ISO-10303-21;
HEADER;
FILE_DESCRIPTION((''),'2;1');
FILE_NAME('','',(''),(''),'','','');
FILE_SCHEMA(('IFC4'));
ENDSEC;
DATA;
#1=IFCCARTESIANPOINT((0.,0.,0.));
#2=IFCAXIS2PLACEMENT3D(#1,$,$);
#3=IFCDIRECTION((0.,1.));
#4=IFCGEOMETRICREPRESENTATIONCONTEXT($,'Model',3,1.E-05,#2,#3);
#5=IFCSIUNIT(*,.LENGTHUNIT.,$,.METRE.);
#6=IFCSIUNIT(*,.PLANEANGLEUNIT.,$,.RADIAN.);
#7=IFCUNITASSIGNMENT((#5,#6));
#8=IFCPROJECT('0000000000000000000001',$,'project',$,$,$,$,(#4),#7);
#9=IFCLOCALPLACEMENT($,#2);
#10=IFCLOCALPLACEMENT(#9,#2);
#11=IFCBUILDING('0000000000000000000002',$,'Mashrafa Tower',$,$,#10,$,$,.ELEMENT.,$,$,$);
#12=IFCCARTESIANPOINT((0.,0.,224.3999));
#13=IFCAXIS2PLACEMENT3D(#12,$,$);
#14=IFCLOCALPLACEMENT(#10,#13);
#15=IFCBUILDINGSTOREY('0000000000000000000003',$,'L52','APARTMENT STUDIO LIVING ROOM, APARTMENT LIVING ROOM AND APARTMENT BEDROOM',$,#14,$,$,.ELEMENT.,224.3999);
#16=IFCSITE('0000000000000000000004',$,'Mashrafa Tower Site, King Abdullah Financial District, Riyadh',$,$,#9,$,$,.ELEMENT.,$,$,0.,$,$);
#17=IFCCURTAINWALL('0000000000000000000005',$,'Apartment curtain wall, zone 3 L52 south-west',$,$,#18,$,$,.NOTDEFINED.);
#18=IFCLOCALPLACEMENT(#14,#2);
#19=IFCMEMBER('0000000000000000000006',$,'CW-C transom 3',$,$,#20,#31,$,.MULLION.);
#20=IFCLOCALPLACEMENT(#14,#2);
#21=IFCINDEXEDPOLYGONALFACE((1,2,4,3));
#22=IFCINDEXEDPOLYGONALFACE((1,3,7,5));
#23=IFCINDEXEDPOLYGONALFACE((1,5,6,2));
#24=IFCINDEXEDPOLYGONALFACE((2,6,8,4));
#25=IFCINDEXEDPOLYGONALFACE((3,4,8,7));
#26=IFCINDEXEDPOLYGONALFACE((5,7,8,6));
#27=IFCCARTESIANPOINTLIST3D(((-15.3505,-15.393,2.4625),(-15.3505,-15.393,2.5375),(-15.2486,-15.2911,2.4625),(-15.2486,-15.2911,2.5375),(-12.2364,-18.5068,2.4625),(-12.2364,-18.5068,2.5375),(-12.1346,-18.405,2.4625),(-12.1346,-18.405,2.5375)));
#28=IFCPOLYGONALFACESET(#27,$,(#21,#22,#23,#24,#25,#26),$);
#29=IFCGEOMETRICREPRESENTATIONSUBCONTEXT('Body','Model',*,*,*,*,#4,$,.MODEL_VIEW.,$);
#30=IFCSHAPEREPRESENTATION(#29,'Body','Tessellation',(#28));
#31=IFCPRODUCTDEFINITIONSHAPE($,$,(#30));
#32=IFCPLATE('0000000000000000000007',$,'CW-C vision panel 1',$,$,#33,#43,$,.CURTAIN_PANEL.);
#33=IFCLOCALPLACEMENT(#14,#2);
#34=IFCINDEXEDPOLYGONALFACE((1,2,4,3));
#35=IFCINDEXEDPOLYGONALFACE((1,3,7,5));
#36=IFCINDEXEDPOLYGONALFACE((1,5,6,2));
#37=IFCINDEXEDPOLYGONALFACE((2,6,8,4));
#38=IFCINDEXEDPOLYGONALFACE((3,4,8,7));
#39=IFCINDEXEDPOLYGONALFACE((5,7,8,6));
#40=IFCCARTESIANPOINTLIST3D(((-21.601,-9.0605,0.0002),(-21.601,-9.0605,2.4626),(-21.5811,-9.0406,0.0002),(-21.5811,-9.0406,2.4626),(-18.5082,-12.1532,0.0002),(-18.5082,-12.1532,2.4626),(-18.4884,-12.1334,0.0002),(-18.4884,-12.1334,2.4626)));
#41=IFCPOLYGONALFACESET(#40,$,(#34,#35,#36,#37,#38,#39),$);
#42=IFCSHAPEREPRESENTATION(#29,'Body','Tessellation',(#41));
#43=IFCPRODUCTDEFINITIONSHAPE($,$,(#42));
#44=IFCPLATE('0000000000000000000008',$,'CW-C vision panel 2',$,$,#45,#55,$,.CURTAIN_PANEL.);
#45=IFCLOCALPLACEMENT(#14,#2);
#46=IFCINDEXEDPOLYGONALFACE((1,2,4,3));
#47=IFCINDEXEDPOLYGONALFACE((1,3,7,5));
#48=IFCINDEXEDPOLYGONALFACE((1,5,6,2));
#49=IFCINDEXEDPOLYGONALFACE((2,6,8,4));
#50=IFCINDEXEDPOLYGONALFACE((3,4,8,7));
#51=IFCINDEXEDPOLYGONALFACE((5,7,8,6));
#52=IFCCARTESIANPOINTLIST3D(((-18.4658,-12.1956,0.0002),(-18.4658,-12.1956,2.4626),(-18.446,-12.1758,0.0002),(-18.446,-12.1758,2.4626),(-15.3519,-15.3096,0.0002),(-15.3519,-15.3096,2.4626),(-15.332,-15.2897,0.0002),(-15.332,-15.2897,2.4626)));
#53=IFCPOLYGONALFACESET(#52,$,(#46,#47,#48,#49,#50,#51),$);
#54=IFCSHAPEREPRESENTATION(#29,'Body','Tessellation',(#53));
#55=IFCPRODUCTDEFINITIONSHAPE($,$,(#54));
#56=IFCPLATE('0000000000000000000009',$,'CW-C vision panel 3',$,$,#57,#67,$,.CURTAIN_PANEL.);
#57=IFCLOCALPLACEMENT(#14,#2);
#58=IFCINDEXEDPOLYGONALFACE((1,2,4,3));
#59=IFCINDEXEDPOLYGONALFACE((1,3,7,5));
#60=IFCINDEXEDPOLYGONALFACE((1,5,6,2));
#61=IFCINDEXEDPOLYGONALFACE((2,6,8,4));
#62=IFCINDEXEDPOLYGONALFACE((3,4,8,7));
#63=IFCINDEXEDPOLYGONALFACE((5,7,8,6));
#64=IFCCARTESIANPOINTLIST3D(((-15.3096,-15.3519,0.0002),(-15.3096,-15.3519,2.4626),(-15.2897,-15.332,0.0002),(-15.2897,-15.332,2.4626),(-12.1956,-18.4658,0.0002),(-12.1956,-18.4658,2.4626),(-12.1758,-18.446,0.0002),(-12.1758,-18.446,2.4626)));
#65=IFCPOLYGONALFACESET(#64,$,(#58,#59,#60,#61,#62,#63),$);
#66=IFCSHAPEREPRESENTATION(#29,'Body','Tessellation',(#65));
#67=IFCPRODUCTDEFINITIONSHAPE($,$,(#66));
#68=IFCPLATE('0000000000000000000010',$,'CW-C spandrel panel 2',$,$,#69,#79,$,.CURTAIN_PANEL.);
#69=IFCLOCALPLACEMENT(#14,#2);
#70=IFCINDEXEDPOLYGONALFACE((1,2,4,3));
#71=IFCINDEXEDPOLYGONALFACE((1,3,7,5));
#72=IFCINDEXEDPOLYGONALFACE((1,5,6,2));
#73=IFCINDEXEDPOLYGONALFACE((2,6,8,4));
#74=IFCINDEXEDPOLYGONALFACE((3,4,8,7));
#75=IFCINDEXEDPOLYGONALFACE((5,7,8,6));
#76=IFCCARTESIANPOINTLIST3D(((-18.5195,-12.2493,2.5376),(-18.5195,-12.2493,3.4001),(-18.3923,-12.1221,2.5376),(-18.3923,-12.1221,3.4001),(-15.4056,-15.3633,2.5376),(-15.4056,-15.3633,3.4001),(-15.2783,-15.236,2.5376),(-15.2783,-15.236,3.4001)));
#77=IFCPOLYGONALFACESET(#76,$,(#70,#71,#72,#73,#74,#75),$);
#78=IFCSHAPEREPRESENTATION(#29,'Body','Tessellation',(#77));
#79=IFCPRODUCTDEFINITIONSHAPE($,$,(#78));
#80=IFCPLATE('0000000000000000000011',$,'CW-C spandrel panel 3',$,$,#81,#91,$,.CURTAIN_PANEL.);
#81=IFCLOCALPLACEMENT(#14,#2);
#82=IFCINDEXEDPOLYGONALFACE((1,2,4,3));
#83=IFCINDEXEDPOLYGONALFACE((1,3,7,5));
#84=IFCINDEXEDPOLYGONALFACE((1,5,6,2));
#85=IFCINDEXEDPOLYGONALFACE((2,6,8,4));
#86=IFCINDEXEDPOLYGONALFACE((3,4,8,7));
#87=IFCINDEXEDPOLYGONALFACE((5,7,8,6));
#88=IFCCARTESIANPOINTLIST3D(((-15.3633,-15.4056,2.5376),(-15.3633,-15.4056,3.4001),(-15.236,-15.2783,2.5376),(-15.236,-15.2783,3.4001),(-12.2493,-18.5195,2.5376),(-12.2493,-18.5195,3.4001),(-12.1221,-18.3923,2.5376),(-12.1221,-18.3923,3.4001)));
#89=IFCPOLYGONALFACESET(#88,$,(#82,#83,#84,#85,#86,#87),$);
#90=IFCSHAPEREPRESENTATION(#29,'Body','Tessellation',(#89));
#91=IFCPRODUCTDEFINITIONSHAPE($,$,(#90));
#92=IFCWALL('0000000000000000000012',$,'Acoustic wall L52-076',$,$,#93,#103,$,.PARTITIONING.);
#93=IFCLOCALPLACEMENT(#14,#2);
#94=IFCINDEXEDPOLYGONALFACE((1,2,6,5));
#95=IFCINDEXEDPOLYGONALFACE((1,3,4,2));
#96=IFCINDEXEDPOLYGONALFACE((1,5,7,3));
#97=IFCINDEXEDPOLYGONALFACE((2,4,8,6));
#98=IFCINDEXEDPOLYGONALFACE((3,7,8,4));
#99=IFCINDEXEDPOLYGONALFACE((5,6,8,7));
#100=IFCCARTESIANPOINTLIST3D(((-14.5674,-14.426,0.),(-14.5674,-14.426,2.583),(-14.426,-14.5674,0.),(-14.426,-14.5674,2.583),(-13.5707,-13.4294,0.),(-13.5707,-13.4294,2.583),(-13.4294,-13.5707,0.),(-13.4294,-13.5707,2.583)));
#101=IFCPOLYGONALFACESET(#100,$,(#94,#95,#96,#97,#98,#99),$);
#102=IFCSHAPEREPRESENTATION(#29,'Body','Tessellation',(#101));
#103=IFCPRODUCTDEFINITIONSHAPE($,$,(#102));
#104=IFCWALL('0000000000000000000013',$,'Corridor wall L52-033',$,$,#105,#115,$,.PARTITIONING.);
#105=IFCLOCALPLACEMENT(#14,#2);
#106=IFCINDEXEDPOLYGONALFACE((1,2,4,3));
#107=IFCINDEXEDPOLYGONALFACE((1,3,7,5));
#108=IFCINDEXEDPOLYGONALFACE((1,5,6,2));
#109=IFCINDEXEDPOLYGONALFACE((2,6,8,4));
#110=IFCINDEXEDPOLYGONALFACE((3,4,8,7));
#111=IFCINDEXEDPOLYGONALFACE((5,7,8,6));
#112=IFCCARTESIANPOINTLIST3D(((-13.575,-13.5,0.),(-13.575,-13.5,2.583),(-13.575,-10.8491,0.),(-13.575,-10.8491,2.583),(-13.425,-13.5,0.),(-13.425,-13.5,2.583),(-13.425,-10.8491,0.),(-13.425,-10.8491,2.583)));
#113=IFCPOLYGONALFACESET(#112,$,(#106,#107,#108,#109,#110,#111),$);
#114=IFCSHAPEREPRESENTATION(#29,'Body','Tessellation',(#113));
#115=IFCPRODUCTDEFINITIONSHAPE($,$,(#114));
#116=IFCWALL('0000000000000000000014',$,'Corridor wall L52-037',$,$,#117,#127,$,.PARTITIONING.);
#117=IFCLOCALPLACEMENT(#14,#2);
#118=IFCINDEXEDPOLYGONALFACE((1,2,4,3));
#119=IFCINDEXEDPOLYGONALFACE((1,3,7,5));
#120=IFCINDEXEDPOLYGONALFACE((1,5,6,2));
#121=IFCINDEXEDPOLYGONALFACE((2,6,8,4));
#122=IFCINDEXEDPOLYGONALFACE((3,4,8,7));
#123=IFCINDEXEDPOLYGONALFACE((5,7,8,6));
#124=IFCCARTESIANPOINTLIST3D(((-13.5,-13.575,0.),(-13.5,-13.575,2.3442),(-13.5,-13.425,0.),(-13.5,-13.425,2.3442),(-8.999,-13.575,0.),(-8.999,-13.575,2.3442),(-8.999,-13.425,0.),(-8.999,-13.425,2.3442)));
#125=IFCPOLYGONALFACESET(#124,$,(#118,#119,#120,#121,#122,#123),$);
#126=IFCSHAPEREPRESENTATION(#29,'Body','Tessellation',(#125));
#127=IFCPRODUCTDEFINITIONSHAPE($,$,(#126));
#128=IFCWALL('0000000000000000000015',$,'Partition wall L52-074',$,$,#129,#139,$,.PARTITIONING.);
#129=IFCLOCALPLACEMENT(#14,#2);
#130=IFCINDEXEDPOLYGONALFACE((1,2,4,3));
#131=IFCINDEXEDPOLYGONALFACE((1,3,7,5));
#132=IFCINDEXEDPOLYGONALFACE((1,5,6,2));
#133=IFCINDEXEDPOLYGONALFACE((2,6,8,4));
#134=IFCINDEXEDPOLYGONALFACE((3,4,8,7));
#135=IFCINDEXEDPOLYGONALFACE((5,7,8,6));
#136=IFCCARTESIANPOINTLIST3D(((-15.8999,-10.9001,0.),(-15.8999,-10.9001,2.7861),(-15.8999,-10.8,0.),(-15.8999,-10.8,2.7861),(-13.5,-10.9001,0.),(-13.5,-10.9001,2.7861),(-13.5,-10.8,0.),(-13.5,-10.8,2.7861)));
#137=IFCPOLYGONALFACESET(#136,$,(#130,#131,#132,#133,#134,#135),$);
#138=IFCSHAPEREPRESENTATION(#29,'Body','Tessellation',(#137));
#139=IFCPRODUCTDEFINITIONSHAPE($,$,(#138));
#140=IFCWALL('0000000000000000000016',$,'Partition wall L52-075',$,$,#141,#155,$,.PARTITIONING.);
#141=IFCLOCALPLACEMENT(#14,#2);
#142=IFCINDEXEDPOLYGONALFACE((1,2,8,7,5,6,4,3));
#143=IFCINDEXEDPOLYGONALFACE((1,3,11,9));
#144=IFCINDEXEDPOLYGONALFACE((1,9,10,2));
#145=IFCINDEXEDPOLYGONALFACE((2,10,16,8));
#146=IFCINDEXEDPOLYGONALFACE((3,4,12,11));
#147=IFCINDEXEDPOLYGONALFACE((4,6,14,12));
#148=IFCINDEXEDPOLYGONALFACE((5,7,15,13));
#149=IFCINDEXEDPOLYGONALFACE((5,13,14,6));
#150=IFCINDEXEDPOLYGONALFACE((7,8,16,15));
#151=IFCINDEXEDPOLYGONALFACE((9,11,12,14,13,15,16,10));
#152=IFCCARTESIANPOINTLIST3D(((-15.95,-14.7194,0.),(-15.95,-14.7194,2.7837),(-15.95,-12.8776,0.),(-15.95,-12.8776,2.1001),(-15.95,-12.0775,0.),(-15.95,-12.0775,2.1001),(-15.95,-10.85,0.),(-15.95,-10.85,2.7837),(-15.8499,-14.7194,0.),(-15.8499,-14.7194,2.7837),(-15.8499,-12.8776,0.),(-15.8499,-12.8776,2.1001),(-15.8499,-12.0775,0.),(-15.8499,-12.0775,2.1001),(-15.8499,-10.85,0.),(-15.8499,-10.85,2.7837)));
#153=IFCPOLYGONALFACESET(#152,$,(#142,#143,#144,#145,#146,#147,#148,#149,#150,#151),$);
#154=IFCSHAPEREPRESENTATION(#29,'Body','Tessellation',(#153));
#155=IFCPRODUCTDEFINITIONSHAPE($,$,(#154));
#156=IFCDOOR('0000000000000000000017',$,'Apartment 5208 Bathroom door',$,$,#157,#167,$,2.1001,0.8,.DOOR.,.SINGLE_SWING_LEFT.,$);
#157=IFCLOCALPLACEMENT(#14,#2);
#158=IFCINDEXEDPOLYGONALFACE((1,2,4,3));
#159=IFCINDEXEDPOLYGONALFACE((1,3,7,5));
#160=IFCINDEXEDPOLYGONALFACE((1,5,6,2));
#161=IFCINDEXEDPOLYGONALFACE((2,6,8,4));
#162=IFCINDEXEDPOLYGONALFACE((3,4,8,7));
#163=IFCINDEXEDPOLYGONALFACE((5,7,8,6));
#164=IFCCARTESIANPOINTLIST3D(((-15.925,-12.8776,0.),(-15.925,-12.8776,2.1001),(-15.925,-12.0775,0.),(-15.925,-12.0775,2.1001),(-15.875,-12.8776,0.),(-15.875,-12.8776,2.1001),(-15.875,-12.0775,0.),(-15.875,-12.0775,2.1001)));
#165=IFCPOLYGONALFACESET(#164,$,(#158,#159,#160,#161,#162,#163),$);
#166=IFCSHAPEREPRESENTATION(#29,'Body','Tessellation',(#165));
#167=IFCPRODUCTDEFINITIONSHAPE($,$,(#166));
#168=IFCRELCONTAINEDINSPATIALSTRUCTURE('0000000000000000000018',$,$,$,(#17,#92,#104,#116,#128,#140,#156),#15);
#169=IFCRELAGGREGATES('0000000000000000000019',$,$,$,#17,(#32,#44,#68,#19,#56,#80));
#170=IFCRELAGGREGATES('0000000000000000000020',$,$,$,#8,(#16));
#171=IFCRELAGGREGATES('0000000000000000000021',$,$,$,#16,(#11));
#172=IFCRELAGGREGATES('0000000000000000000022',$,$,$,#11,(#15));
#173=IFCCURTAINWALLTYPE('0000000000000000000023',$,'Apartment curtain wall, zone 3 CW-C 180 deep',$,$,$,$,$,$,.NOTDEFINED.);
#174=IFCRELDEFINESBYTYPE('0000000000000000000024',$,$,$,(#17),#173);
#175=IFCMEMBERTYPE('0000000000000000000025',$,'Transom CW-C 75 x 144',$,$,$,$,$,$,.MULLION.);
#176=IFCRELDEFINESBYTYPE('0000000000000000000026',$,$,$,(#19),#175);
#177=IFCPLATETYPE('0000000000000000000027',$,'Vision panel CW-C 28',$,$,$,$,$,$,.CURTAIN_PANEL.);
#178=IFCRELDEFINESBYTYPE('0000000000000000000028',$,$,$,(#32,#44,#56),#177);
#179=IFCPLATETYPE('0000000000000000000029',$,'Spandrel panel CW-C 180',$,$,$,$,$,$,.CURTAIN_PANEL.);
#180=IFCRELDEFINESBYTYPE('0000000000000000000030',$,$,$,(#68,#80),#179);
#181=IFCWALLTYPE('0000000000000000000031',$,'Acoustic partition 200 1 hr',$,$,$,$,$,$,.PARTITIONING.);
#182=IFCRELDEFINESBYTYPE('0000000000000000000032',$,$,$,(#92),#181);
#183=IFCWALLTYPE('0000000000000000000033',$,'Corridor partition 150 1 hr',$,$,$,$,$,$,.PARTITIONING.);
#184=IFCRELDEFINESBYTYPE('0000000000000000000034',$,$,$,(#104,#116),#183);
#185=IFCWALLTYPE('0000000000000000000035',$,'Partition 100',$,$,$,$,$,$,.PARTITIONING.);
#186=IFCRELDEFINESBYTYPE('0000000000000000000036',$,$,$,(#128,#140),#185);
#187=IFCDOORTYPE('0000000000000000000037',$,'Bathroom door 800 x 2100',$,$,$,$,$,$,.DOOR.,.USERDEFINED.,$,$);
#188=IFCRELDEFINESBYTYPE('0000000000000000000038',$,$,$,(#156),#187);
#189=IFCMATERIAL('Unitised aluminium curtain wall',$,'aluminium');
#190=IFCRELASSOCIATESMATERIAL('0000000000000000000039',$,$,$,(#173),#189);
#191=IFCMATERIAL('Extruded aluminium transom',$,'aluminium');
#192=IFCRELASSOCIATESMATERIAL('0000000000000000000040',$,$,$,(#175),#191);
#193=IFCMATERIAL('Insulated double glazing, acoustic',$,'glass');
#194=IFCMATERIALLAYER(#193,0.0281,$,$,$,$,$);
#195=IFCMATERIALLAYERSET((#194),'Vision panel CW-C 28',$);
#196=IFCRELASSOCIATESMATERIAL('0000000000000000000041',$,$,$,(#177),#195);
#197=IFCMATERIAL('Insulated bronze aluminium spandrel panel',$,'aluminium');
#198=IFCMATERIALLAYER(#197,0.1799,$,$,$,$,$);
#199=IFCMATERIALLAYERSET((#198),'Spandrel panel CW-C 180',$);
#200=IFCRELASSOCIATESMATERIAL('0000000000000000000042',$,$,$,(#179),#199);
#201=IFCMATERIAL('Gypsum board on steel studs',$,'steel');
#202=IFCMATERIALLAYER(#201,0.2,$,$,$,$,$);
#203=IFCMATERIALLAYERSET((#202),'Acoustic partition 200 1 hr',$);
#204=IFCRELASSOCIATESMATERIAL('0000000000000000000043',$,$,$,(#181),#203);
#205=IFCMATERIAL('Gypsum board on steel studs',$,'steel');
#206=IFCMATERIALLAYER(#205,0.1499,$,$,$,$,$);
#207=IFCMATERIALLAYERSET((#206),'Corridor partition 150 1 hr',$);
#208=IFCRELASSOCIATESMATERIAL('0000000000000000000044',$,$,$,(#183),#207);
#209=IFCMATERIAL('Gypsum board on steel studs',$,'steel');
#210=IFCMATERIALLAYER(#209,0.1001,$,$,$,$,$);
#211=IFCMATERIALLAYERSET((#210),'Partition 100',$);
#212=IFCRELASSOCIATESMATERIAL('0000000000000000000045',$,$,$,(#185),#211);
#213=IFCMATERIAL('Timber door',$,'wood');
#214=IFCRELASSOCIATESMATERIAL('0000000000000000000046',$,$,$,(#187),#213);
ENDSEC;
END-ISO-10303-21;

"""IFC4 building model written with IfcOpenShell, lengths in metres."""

from ifc_helpers import new_model, si_unit, direction, frame, frame_2d, origin, origin_2d, place, context, subcontext, project, spatial, rectangle, extrude, source, transform, mapped, material, layer, layer_set, material_profile, profile_set, type_object, type_shapes, element, fill, aggregate, save


model = new_model("IFC4")

# Units and contexts
model_context = context("Model", 3, precision=1e-05, world=origin(), true_north=direction((0.0, 1.0)))
body_context = subcontext(model_context, "Body", "Model", "MODEL_VIEW")
ifc_project = project(units=[si_unit("LENGTHUNIT", "METRE"), si_unit("PLANEANGLEUNIT", "RADIAN")], contexts=[model_context])

# Site, building, storey
site_placement = place(None, origin())
site = spatial("IfcSite", under=ifc_project, at=site_placement, Name="Mashrafa Tower Site, King Abdullah Financial District, Riyadh", CompositionType="ELEMENT", RefElevation=0.0)
building_placement = place(site_placement, origin())
building = spatial("IfcBuilding", under=site, at=building_placement, Name="Mashrafa Tower", CompositionType="ELEMENT")
storey_placement = place(building_placement, frame((0.0, 0.0, 224.3999)))
storey = spatial("IfcBuildingStorey", under=building, at=storey_placement, Name="L52", Description="APARTMENT STUDIO LIVING ROOM, APARTMENT LIVING ROOM AND APARTMENT BEDROOM", CompositionType="ELEMENT", Elevation=224.3999)

# Curtain wall, member, plates
ifc_material_1 = material(Name="Unitised aluminium curtain wall", Category="aluminium")
curtain_wall_type = type_object("IfcCurtainWallType", Name="Apartment curtain wall, zone 3 CW-C 180 deep", PredefinedType="NOTDEFINED", material=ifc_material_1)
curtain_wall_placement = place(storey_placement, origin())
curtain_wall = element("IfcCurtainWall", 1, at=curtain_wall_placement, inside=storey, type_object=curtain_wall_type, Name="Apartment curtain wall, zone 3 L52 south-west", PredefinedType="NOTDEFINED")
ifc_material_2 = material(Name="Extruded aluminium transom", Category="aluminium")
ifc_material_profile_1 = material_profile(ifc_material_2, rectangle(XDim=0.144, YDim=0.075, at=origin_2d()), Name="Transom 75x144")
ifc_profile_set_1 = profile_set([ifc_material_profile_1], Name="Extruded aluminium transom")
member_type_1 = type_object("IfcMemberType", Name="Transom CW-C 75 x 144", PredefinedType="MULLION", material=ifc_profile_set_1)
shared_shape_1 = source(origin(), body_context, "Body", "SweptSolid", [
    extrude(rectangle(XDim=0.144, YDim=0.075, at=origin_2d()), origin(), (0.0, 0.0, 1.0), 4.4038),
])
member_1_placement = place(storey_placement, frame((-15.2996, -15.342, 2.5), z_axis=(0.707135, -0.707079, 0.0), x_axis=(0.707079, 0.707135, 0.0)))
member_1 = element("IfcMember", 2, at=member_1_placement, type_object=member_type_1, Name="CW-C transom 3", PredefinedType="MULLION", context=body_context, shape_type="MappedRepresentation", body=[
    mapped(shared_shape_1, transform((0.0, 0.0, 0.0))),
])
ifc_material_3 = material(Name="Insulated double glazing, acoustic", Category="glass")
ifc_layer_1 = layer(ifc_material_3, 0.0281)
ifc_layer_set_1 = layer_set([ifc_layer_1], Name="Vision panel CW-C 28")
plate_type_1 = type_object("IfcPlateType", Name="Vision panel CW-C 28", PredefinedType="CURTAIN_PANEL", material=ifc_layer_set_1)
shared_shape_2 = source(origin(), body_context, "Body", "SweptSolid", [
    extrude(rectangle(XDim=4.3738, YDim=0.0281, at=origin_2d()), origin(), (0.0, 0.0, 1.0), 2.4624),
])
plate_1_placement = place(storey_placement, frame((-20.0447, -10.5969, 0.0002), z_axis=(0.0, 0.0, 1.0), x_axis=(0.707107, -0.707107, 0.0)))
plate_1 = element("IfcPlate", 3, at=plate_1_placement, type_object=plate_type_1, Name="CW-C vision panel 1", PredefinedType="CURTAIN_PANEL", context=body_context, shape_type="MappedRepresentation", body=[
    mapped(shared_shape_2, transform((0.0, 0.0, 0.0))),
])
shared_shape_3 = source(origin(), body_context, "Body", "SweptSolid", [
    extrude(rectangle(XDim=4.4038, YDim=0.0281, at=origin_2d()), origin(), (0.0, 0.0, 1.0), 2.4624),
])
type_shapes(plate_type_1, [shared_shape_2, shared_shape_3])
plate_2_placement = place(storey_placement, frame((-16.8989, -13.7427, 0.0002), z_axis=(0.0, 0.0, 1.0), x_axis=(0.707107, -0.707107, 0.0)))
plate_2 = element("IfcPlate", 4, at=plate_2_placement, type_object=plate_type_1, Name="CW-C vision panel 2", PredefinedType="CURTAIN_PANEL", context=body_context, shape_type="MappedRepresentation", body=[
    mapped(shared_shape_3, transform((0.0, 0.0, 0.0))),
])
plate_3_placement = place(storey_placement, frame((-13.7427, -16.8989, 0.0002), z_axis=(0.0, 0.0, 1.0), x_axis=(0.707107, -0.707107, 0.0)))
plate_3 = element("IfcPlate", 5, at=plate_3_placement, type_object=plate_type_1, Name="CW-C vision panel 3", PredefinedType="CURTAIN_PANEL", context=body_context, shape_type="MappedRepresentation", body=[
    mapped(shared_shape_3, transform((0.0, 0.0, 0.0))),
])
ifc_material_4 = material(Name="Insulated bronze aluminium spandrel panel", Category="aluminium")
ifc_layer_2 = layer(ifc_material_4, 0.1799)
ifc_layer_set_2 = layer_set([ifc_layer_2], Name="Spandrel panel CW-C 180")
plate_type_2 = type_object("IfcPlateType", Name="Spandrel panel CW-C 180", PredefinedType="CURTAIN_PANEL", material=ifc_layer_set_2)
shared_shape_4 = source(origin(), body_context, "Body", "SweptSolid", [
    extrude(rectangle(XDim=4.4038, YDim=0.1799, at=origin_2d()), origin(), (0.0, 0.0, 1.0), 0.8625),
])
type_shapes(plate_type_2, [shared_shape_4])
plate_4_placement = place(storey_placement, frame((-16.8989, -13.7427, 2.5376), z_axis=(0.0, 0.0, 1.0), x_axis=(0.707107, -0.707107, 0.0)))
plate_4 = element("IfcPlate", 6, at=plate_4_placement, type_object=plate_type_2, Name="CW-C spandrel panel 2", PredefinedType="CURTAIN_PANEL", context=body_context, shape_type="MappedRepresentation", body=[
    mapped(shared_shape_4, transform((0.0, 0.0, 0.0))),
])
plate_5_placement = place(storey_placement, frame((-13.7427, -16.8989, 2.5376), z_axis=(0.0, 0.0, 1.0), x_axis=(0.707107, -0.707107, 0.0)))
plate_5 = element("IfcPlate", 7, at=plate_5_placement, type_object=plate_type_2, Name="CW-C spandrel panel 3", PredefinedType="CURTAIN_PANEL", context=body_context, shape_type="MappedRepresentation", body=[
    mapped(shared_shape_4, transform((0.0, 0.0, 0.0))),
])
aggregate(curtain_wall, [plate_1, plate_2, plate_4, member_1, plate_3, plate_5])

# Walls
ifc_material_5 = material(Name="Gypsum board on steel studs", Category="steel")
ifc_layer_3 = layer(ifc_material_5, 0.2)
ifc_layer_set_3 = layer_set([ifc_layer_3], Name="Acoustic partition 200 1 hr")
wall_type_1 = type_object("IfcWallType", Name="Acoustic partition 200 1 hr", PredefinedType="PARTITIONING", material=ifc_layer_set_3)
wall_1_placement = place(storey_placement, frame((-14.4966, -14.4966, 0.0), z_axis=(0.0, 0.0, 1.0), x_axis=(0.707107, 0.707107, 0.0)))
element("IfcWall", 8, at=wall_1_placement, inside=storey, type_object=wall_type_1, Name="Acoustic wall L52-076", PredefinedType="PARTITIONING", context=body_context, shape_type="SweptSolid", body=[
    extrude(rectangle(XDim=1.4094, YDim=0.2, at=frame_2d((0.7046, 0.0))), origin(), (0.0, 0.0, 1.0), 2.583),
])
ifc_material_6 = material(Name="Gypsum board on steel studs", Category="steel")
ifc_layer_4 = layer(ifc_material_6, 0.1499)
ifc_layer_set_4 = layer_set([ifc_layer_4], Name="Corridor partition 150 1 hr")
wall_type_2 = type_object("IfcWallType", Name="Corridor partition 150 1 hr", PredefinedType="PARTITIONING", material=ifc_layer_set_4)
wall_2_placement = place(storey_placement, frame((-13.5, -10.8491, 0.0), z_axis=(0.0, 0.0, 1.0), x_axis=(0.0, -1.0, 0.0)))
element("IfcWall", 9, at=wall_2_placement, inside=storey, type_object=wall_type_2, Name="Corridor wall L52-033", PredefinedType="PARTITIONING", context=body_context, shape_type="SweptSolid", body=[
    extrude(rectangle(XDim=2.6509, YDim=0.1499, at=frame_2d((1.3254, 0.0))), origin(), (0.0, 0.0, 1.0), 2.583),
])
wall_3_placement = place(storey_placement, frame((-13.5, -13.5, 0.0), z_axis=(0.0, 0.0, 1.0), x_axis=(1.0, 0.0, 0.0)))
element("IfcWall", 10, at=wall_3_placement, inside=storey, type_object=wall_type_2, Name="Corridor wall L52-037", PredefinedType="PARTITIONING", context=body_context, shape_type="SweptSolid", body=[
    extrude(rectangle(XDim=4.501, YDim=0.1499, at=frame_2d((2.2505, 0.0))), origin(), (0.0, 0.0, 1.0), 2.3442),
])
ifc_material_7 = material(Name="Gypsum board on steel studs", Category="steel")
ifc_layer_5 = layer(ifc_material_7, 0.1001)
ifc_layer_set_5 = layer_set([ifc_layer_5], Name="Partition 100")
wall_type_3 = type_object("IfcWallType", Name="Partition 100", PredefinedType="PARTITIONING", material=ifc_layer_set_5)
wall_4_placement = place(storey_placement, frame((-13.5, -10.8501, 0.0), z_axis=(0.0, 0.0, 1.0), x_axis=(-1.0, 0.0, 0.0)))
element("IfcWall", 11, at=wall_4_placement, inside=storey, type_object=wall_type_3, Name="Partition wall L52-074", PredefinedType="PARTITIONING", context=body_context, shape_type="SweptSolid", body=[
    extrude(rectangle(XDim=2.3999, YDim=0.1001, at=frame_2d((1.2, 0.0))), origin(), (0.0, 0.0, 1.0), 2.7861),
])

# Wall, opening, door
wall_5_placement = place(storey_placement, frame((-15.8999, -10.8501, 0.0), z_axis=(0.0, 0.0, 1.0), x_axis=(0.0, -1.0, 0.0)))
wall_5 = element("IfcWall", 12, at=wall_5_placement, inside=storey, type_object=wall_type_3, Name="Partition wall L52-075", PredefinedType="PARTITIONING", context=body_context, shape_type="SweptSolid", body=[
    extrude(rectangle(XDim=3.8694, YDim=0.1001, at=frame_2d((1.9346, 0.0))), origin(), (0.0, 0.0, 1.0), 2.7837),
])
opening_placement = place(wall_5_placement, frame((1.2275, 0.0, 0.0)))
opening = element("IfcOpeningElement", 13, at=opening_placement, cuts=wall_5, PredefinedType="OPENING", context=body_context, shape_type="SweptSolid", body=[
    extrude(rectangle(XDim=0.8, YDim=2.1001, at=frame_2d((0.3999, 1.05))), frame((0.0, 0.0601, 0.0), z_axis=(0.0, -1.0, 0.0), x_axis=(1.0, 0.0, 0.0)), (0.0, 0.0, 1.0), 0.1201),
])
ifc_material_8 = material(Name="Timber door", Category="wood")
door_type = type_object("IfcDoorType", Name="Bathroom door 800 x 2100", OperationType="USERDEFINED", PredefinedType="DOOR", material=ifc_material_8)
door_placement = place(opening_placement, origin())
door = element("IfcDoor", 14, at=door_placement, inside=storey, type_object=door_type, Name="Apartment 5208 Bathroom door", OperationType="SINGLE_SWING_LEFT", OverallHeight=2.1001, OverallWidth=0.8, PredefinedType="DOOR", context=body_context, shape_type="SweptSolid", body=[
    extrude(rectangle(XDim=0.8, YDim=2.1001, at=frame_2d((0.3999, 1.05))), frame((0.0, 0.0249, 0.0), z_axis=(0.0, -1.0, 0.0), x_axis=(1.0, 0.0, 0.0)), (0.0, 0.0, 1.0), 0.05),
])
fill(opening, door)

save(model, "model.ifc")
